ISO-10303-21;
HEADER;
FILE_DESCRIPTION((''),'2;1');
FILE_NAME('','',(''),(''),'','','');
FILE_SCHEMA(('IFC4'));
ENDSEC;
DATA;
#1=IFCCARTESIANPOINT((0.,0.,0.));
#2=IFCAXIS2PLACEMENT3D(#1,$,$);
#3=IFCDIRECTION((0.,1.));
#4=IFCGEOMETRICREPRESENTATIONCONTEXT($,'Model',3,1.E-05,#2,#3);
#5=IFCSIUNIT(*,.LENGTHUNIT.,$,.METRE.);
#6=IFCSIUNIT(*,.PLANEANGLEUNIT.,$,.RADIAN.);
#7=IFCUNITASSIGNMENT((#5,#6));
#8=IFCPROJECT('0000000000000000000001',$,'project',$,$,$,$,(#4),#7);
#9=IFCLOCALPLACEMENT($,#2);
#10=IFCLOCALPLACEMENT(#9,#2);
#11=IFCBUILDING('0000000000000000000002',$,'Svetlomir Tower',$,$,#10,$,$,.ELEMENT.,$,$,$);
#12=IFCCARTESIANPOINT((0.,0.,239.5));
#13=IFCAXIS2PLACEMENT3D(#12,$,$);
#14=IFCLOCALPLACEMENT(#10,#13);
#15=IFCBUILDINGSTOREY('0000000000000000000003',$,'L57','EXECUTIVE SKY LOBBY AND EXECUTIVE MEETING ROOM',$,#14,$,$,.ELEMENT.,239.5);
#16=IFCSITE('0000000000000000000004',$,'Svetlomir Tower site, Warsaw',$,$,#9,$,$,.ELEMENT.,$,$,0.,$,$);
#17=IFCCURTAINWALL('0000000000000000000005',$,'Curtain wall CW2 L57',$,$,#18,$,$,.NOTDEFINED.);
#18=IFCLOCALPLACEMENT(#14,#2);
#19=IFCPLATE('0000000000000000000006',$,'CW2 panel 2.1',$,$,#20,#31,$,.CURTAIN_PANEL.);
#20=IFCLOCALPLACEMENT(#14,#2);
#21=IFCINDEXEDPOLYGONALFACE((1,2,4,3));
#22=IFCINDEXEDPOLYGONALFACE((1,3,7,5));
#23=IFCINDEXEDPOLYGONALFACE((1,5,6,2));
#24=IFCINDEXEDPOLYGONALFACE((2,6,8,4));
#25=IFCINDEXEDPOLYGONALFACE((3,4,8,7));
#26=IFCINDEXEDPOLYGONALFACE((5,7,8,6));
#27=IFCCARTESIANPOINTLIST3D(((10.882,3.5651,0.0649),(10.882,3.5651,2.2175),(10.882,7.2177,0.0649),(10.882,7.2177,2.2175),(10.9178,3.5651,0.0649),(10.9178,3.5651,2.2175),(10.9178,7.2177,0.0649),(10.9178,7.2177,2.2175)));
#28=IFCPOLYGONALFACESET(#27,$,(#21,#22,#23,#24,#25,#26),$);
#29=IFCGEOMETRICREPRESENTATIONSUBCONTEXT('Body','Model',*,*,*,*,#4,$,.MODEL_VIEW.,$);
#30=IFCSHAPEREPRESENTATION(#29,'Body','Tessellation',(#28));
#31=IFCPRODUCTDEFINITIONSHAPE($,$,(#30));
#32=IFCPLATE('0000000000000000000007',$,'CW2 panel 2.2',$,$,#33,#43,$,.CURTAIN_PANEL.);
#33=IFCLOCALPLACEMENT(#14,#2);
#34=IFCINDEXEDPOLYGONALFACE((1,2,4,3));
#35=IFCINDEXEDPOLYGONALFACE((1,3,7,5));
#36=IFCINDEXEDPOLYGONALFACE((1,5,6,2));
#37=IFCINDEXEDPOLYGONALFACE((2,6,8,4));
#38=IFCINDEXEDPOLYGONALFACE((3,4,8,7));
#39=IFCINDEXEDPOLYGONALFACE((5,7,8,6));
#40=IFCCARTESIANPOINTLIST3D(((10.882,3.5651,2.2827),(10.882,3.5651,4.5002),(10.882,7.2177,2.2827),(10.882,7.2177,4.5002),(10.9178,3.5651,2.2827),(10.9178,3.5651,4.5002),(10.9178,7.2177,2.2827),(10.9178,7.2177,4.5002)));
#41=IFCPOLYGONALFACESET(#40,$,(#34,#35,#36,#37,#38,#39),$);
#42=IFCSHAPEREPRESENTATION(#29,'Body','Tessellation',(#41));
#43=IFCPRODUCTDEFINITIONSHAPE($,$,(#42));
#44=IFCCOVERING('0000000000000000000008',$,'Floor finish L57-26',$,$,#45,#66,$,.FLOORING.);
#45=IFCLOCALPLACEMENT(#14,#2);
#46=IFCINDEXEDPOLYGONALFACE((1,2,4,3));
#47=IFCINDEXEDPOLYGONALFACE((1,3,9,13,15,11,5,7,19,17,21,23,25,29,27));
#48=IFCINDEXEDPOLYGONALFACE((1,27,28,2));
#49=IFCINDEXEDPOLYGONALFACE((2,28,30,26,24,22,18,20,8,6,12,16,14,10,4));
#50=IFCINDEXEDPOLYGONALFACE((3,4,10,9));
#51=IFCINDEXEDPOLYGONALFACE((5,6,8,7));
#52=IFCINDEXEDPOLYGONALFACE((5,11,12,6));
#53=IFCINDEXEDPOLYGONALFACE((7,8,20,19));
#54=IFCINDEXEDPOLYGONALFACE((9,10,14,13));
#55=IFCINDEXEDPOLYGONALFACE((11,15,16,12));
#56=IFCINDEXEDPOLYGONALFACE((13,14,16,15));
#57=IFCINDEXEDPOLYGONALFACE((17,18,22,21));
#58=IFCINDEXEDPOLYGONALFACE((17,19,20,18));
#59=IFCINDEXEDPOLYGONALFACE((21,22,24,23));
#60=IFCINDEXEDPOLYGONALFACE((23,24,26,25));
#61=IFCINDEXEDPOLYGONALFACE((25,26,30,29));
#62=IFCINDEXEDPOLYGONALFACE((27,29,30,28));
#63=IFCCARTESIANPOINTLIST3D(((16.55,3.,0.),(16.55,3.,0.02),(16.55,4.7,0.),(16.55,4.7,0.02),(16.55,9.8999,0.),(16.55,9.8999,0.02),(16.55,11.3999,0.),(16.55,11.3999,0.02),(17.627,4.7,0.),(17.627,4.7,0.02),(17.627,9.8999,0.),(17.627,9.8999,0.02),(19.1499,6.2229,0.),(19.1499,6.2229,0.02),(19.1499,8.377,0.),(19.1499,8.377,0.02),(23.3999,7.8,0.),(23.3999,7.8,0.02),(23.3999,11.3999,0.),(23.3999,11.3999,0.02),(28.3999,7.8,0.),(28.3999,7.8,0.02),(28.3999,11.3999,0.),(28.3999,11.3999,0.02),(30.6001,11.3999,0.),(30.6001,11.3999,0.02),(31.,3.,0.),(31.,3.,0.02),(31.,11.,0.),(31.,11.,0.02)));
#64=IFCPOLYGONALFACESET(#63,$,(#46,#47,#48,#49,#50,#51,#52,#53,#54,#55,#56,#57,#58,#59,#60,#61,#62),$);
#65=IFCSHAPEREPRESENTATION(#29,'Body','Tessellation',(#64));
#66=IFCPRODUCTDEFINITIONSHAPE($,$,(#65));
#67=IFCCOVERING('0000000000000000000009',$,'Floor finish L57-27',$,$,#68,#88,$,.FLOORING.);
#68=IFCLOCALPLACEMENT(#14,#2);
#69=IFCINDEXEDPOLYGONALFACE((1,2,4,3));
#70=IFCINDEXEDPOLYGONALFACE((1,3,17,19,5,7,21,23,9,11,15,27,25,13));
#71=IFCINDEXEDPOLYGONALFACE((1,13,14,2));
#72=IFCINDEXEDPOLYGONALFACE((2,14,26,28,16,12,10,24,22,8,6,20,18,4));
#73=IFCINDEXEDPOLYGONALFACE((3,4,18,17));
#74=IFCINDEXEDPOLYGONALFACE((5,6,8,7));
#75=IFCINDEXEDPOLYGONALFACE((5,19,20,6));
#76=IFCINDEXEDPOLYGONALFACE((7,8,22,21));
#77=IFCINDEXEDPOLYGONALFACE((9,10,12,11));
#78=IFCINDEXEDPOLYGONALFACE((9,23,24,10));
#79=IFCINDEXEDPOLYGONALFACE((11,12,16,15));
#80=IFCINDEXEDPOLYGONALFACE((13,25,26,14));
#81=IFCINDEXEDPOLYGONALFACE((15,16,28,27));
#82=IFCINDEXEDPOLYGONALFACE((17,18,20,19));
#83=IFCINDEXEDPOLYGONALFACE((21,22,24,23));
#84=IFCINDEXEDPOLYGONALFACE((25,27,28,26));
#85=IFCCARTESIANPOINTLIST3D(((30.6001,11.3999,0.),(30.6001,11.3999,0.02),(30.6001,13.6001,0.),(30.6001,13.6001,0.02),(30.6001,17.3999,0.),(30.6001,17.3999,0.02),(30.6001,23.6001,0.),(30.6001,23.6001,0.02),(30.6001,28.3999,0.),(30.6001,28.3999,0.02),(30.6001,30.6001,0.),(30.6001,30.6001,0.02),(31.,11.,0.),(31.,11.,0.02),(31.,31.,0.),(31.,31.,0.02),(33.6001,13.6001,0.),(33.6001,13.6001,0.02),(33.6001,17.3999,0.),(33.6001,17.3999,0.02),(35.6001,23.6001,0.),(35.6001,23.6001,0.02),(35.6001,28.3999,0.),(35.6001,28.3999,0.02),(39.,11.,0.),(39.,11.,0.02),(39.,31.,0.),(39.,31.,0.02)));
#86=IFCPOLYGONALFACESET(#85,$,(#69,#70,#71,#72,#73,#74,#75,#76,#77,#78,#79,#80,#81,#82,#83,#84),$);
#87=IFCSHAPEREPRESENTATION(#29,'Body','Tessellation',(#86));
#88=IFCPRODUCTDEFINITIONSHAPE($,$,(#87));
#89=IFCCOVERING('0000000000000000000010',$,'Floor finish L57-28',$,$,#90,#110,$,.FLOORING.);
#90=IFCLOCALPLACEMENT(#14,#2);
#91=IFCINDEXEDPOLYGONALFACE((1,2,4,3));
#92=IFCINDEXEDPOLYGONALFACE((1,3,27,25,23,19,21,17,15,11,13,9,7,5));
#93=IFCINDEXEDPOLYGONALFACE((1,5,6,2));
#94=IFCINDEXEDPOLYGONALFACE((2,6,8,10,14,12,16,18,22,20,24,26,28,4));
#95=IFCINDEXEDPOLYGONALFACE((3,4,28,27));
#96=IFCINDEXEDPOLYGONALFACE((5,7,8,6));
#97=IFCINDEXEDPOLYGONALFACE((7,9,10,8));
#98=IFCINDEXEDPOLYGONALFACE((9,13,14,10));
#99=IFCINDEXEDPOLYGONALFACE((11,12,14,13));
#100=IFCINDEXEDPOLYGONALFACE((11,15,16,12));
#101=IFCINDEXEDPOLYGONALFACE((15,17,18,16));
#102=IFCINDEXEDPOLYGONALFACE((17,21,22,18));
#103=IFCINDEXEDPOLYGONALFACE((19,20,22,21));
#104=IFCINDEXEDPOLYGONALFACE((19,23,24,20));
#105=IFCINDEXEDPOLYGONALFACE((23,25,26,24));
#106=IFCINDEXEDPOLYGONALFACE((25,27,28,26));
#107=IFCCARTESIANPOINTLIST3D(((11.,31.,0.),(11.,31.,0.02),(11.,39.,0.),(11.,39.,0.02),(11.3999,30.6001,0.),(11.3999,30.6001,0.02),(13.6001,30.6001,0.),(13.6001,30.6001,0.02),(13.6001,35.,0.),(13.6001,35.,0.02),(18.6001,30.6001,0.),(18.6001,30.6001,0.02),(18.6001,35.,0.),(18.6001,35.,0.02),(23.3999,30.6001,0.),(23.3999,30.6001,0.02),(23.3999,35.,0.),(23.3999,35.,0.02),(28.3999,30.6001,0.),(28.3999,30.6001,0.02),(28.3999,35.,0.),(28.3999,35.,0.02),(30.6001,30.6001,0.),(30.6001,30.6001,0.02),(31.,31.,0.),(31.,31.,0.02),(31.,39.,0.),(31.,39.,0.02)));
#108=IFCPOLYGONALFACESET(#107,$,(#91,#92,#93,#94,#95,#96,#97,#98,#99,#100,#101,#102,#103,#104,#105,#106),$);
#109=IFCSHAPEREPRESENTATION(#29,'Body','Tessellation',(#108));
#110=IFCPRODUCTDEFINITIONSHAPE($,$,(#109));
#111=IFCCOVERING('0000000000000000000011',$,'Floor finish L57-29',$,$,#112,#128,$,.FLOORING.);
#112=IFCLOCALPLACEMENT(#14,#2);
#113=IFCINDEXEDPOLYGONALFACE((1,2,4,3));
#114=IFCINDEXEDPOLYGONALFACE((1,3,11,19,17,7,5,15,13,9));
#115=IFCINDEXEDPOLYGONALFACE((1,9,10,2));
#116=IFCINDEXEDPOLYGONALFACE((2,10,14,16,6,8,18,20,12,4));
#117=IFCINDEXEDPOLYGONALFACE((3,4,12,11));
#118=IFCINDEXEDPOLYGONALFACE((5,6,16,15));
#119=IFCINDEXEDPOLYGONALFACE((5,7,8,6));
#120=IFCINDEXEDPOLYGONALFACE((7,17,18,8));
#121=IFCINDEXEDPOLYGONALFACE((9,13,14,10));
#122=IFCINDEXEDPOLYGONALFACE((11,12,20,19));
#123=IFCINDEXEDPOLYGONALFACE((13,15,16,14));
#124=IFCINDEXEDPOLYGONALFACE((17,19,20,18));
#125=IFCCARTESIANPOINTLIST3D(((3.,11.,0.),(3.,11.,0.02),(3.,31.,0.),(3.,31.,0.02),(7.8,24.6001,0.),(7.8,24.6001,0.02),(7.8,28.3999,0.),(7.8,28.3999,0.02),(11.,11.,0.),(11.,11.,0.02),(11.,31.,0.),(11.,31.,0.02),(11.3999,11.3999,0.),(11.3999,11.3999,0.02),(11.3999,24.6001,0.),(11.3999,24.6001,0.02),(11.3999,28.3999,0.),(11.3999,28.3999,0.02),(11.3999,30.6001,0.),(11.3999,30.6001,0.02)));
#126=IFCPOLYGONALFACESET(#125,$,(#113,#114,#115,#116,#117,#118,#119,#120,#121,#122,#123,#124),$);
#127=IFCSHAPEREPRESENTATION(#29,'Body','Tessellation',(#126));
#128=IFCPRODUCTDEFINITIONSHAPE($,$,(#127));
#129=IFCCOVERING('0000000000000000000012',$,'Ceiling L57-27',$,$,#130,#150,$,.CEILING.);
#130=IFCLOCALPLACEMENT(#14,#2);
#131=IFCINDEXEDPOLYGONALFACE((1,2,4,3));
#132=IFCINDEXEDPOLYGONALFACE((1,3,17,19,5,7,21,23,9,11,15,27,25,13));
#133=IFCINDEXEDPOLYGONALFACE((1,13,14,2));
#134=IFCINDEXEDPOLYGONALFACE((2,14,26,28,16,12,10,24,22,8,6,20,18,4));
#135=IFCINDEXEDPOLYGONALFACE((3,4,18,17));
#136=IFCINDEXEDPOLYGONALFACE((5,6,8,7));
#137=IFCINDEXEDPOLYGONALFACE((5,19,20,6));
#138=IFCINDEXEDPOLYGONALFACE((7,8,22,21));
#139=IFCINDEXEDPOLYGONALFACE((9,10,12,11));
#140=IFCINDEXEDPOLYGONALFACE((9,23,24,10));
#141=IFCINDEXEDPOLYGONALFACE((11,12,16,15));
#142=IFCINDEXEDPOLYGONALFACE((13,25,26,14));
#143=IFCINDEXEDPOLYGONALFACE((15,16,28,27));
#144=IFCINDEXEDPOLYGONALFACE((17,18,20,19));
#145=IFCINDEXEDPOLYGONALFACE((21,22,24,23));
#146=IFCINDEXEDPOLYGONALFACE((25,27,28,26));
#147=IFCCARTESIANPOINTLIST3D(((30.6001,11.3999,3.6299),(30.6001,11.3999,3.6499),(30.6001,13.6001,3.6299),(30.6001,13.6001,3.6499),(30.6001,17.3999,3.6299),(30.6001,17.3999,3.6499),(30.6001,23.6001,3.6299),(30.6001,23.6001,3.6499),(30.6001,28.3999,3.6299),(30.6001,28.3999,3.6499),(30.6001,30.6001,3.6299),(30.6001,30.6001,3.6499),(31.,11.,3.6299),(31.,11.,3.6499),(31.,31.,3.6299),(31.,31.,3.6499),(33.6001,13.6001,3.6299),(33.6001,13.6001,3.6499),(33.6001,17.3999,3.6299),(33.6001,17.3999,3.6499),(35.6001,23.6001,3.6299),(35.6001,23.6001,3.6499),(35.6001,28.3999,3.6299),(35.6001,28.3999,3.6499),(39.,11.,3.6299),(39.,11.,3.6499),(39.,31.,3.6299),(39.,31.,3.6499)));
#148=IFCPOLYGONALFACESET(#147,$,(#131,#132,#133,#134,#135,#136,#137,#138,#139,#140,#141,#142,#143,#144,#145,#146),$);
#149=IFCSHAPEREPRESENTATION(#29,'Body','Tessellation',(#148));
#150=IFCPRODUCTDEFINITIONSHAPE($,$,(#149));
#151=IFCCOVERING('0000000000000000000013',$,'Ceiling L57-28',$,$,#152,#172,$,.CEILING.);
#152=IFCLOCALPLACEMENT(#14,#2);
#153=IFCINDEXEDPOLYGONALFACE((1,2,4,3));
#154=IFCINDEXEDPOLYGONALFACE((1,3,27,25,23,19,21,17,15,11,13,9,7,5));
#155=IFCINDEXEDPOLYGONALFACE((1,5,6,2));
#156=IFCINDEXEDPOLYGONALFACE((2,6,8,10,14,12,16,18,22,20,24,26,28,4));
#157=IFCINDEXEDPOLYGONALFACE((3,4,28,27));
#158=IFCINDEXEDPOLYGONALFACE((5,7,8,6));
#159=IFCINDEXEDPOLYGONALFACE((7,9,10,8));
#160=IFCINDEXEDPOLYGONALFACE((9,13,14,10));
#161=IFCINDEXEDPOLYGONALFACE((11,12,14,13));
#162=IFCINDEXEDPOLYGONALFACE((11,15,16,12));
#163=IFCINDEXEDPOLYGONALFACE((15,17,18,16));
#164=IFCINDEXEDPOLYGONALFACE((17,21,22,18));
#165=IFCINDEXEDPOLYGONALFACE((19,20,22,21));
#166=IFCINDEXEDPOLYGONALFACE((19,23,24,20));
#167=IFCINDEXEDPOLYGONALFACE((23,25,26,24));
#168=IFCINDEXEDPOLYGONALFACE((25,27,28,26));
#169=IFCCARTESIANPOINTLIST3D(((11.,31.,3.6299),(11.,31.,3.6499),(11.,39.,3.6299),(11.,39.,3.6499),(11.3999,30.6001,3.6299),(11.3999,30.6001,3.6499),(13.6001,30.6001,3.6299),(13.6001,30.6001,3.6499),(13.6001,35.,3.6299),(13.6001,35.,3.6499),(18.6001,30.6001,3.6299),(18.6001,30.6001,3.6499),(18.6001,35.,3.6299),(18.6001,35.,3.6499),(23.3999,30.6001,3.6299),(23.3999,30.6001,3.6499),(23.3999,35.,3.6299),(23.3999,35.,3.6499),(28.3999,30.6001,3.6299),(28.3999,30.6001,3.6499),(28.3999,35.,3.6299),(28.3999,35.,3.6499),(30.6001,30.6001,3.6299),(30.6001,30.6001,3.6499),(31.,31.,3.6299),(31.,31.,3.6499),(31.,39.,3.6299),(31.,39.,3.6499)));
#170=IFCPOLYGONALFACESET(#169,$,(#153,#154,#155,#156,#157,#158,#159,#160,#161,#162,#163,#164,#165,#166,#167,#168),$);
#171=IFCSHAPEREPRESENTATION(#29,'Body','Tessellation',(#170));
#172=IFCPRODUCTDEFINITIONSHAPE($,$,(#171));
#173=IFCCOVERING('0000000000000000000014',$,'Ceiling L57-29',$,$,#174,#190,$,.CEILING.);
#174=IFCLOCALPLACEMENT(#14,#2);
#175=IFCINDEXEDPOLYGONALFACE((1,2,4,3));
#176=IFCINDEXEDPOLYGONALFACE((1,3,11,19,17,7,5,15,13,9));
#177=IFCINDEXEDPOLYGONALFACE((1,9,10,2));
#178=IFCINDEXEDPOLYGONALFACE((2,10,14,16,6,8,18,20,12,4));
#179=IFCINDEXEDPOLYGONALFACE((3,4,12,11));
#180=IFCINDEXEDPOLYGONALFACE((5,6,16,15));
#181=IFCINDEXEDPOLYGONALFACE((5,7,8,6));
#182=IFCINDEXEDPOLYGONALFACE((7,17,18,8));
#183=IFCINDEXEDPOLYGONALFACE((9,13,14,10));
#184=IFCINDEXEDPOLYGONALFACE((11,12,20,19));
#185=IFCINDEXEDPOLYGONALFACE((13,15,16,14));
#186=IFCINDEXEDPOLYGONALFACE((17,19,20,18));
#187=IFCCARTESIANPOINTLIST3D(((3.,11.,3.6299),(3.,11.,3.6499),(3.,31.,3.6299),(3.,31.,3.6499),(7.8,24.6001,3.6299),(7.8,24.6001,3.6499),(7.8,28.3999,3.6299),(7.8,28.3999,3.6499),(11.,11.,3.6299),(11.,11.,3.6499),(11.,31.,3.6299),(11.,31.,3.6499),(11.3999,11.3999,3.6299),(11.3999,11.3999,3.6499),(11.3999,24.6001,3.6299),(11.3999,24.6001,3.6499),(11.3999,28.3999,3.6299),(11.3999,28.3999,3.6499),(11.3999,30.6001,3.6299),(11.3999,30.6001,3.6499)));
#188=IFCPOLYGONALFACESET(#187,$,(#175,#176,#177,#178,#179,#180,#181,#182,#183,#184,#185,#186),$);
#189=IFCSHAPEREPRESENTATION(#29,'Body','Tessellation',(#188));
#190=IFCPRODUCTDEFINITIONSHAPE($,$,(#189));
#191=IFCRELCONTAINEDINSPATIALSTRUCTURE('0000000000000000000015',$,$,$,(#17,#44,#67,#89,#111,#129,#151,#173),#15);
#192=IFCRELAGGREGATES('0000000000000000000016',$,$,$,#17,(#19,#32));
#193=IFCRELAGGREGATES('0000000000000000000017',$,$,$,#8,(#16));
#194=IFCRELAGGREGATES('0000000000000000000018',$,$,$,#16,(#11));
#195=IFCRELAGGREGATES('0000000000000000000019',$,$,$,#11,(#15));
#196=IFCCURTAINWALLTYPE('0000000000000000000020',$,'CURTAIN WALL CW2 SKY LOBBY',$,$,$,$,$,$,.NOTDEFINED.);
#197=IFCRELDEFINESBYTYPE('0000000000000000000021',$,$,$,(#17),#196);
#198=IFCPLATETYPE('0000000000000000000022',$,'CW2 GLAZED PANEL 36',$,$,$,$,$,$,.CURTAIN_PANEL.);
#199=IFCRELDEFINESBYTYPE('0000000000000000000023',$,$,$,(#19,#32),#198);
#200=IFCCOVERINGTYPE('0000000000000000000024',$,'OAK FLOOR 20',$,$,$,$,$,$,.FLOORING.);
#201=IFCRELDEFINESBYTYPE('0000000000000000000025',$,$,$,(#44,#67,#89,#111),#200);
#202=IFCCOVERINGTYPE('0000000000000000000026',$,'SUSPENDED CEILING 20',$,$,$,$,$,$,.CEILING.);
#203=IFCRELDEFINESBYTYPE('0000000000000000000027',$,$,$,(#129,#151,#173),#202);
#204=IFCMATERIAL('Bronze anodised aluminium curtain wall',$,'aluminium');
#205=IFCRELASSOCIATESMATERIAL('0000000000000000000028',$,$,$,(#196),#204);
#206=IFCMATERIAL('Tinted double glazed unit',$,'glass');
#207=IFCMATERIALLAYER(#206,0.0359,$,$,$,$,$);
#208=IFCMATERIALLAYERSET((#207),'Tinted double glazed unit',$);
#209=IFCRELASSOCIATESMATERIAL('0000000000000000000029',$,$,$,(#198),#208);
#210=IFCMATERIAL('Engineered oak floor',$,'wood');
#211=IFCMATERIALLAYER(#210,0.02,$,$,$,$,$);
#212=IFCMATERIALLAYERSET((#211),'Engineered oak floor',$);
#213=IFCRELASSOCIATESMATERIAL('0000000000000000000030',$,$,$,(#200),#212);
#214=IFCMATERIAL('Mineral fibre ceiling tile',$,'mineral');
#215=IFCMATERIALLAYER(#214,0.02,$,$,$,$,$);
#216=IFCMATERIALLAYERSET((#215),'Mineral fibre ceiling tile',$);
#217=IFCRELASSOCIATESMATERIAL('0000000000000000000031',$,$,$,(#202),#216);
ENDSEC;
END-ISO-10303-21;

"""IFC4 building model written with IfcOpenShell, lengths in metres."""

from ifc_helpers import new_model, si_unit, direction, frame, origin, origin_2d, place, context, subcontext, project, spatial, polyline, rectangle, outline, extrude, material, layer, layer_set, type_object, element, aggregate, save


model = new_model("IFC4")

# Units and contexts
model_context = context("Model", 3, precision=1e-05, world=origin(), true_north=direction((0.0, 1.0)))
body_context = subcontext(model_context, "Body", "Model", "MODEL_VIEW")
ifc_project = project(units=[si_unit("LENGTHUNIT", "METRE"), si_unit("PLANEANGLEUNIT", "RADIAN")], contexts=[model_context])

# Site, building, storey
site_placement = place(None, origin())
site = spatial("IfcSite", under=ifc_project, at=site_placement, Name="Svetlomir Tower site, Warsaw", CompositionType="ELEMENT", RefElevation=0.0)
building_placement = place(site_placement, origin())
building = spatial("IfcBuilding", under=site, at=building_placement, Name="Svetlomir Tower", CompositionType="ELEMENT")
storey_placement = place(building_placement, frame((0.0, 0.0, 239.5)))
storey = spatial("IfcBuildingStorey", under=building, at=storey_placement, Name="L57", Description="EXECUTIVE SKY LOBBY AND EXECUTIVE MEETING ROOM", CompositionType="ELEMENT", Elevation=239.5)

# Curtain wall
ifc_material_1 = material(Name="Bronze anodised aluminium curtain wall", Category="aluminium")
curtain_wall_type = type_object("IfcCurtainWallType", Name="CURTAIN WALL CW2 SKY LOBBY", PredefinedType="NOTDEFINED", material=ifc_material_1)
curtain_wall_1_placement = place(storey_placement, origin())
curtain_wall_1 = element("IfcCurtainWall", 1, at=curtain_wall_1_placement, inside=storey, type_object=curtain_wall_type, Name="Curtain wall CW2 L57", PredefinedType="NOTDEFINED")

# Plates
ifc_material_2 = material(Name="Tinted double glazed unit", Category="glass")
ifc_layer_1 = layer(ifc_material_2, 0.0359)
ifc_layer_set_1 = layer_set([ifc_layer_1], Name="Tinted double glazed unit")
plate_type = type_object("IfcPlateType", Name="CW2 GLAZED PANEL 36", PredefinedType="CURTAIN_PANEL", material=ifc_layer_set_1)
plate_1_placement = place(storey_placement, frame((10.8999, 5.3914, 0.0649), z_axis=(0.0, 0.0, 1.0), x_axis=(0.0, -1.0, 0.0)))
plate_1 = element("IfcPlate", 2, at=plate_1_placement, type_object=plate_type, Name="CW2 panel 2.1", PredefinedType="CURTAIN_PANEL", context=body_context, shape_type="SweptSolid", body=[
    extrude(rectangle(XDim=3.6526, YDim=0.0359, at=origin_2d()), origin(), (0.0, 0.0, 1.0), 2.1526),
])
plate_2_placement = place(storey_placement, frame((10.8999, 5.3914, 2.2827), z_axis=(0.0, 0.0, 1.0), x_axis=(0.0, -1.0, 0.0)))
plate_2 = element("IfcPlate", 3, at=plate_2_placement, type_object=plate_type, Name="CW2 panel 2.2", PredefinedType="CURTAIN_PANEL", context=body_context, shape_type="SweptSolid", body=[
    extrude(rectangle(XDim=3.6526, YDim=0.0359, at=origin_2d()), origin(), (0.0, 0.0, 1.0), 2.2175),
])
aggregate(curtain_wall_1, [plate_1, plate_2])

# Coverings
ifc_material_3 = material(Name="Engineered oak floor", Category="wood")
ifc_layer_2 = layer(ifc_material_3, 0.02)
ifc_layer_set_2 = layer_set([ifc_layer_2], Name="Engineered oak floor")
covering_type_1 = type_object("IfcCoveringType", Name="OAK FLOOR 20", PredefinedType="FLOORING", material=ifc_layer_set_2)
covering_1_placement = place(storey_placement, origin())
element("IfcCovering", 4, at=covering_1_placement, inside=storey, type_object=covering_type_1, Name="Floor finish L57-26", PredefinedType="FLOORING", context=body_context, shape_type="SweptSolid", body=[
    extrude(outline(polyline([(31.0, 3.0), (16.55, 3.0), (16.55, 4.7), (17.627, 4.7), (19.1499, 6.2229), (19.1499, 8.377), (17.627, 9.8999), (16.55, 9.8999), (16.55, 11.3999), (23.3999, 11.3999), (23.3999, 7.8), (28.3999, 7.8), (28.3999, 11.3999), (30.6001, 11.3999), (31.0, 11.0), (31.0, 3.0)])), origin(), (0.0, 0.0, 1.0), 0.02),
])
covering_2_placement = place(storey_placement, origin())
element("IfcCovering", 5, at=covering_2_placement, inside=storey, type_object=covering_type_1, Name="Floor finish L57-27", PredefinedType="FLOORING", context=body_context, shape_type="SweptSolid", body=[
    extrude(outline(polyline([(30.6001, 13.6001), (33.6001, 13.6001), (33.6001, 17.3999), (30.6001, 17.3999), (30.6001, 23.6001), (35.6001, 23.6001), (35.6001, 28.3999), (30.6001, 28.3999), (30.6001, 30.6001), (31.0, 31.0), (39.0, 31.0), (39.0, 11.0), (31.0, 11.0), (30.6001, 11.3999), (30.6001, 13.6001)])), origin(), (0.0, 0.0, 1.0), 0.02),
])
covering_3_placement = place(storey_placement, origin())
element("IfcCovering", 6, at=covering_3_placement, inside=storey, type_object=covering_type_1, Name="Floor finish L57-28", PredefinedType="FLOORING", context=body_context, shape_type="SweptSolid", body=[
    extrude(outline(polyline([(11.0, 39.0), (31.0, 39.0), (31.0, 31.0), (30.6001, 30.6001), (28.3999, 30.6001), (28.3999, 35.0), (23.3999, 35.0), (23.3999, 30.6001), (18.6001, 30.6001), (18.6001, 35.0), (13.6001, 35.0), (13.6001, 30.6001), (11.3999, 30.6001), (11.0, 31.0), (11.0, 39.0)])), origin(), (0.0, 0.0, 1.0), 0.02),
])
covering_4_placement = place(storey_placement, origin())
element("IfcCovering", 7, at=covering_4_placement, inside=storey, type_object=covering_type_1, Name="Floor finish L57-29", PredefinedType="FLOORING", context=body_context, shape_type="SweptSolid", body=[
    extrude(outline(polyline([(3.0, 11.0), (3.0, 31.0), (11.0, 31.0), (11.3999, 30.6001), (11.3999, 28.3999), (7.8, 28.3999), (7.8, 24.6001), (11.3999, 24.6001), (11.3999, 11.3999), (11.0, 11.0), (3.0, 11.0)])), origin(), (0.0, 0.0, 1.0), 0.02),
])
ifc_material_4 = material(Name="Mineral fibre ceiling tile", Category="mineral")
ifc_layer_3 = layer(ifc_material_4, 0.02)
ifc_layer_set_3 = layer_set([ifc_layer_3], Name="Mineral fibre ceiling tile")
covering_type_2 = type_object("IfcCoveringType", Name="SUSPENDED CEILING 20", PredefinedType="CEILING", material=ifc_layer_set_3)
covering_5_placement = place(storey_placement, frame((0.0, 0.0, 3.6299)))
element("IfcCovering", 8, at=covering_5_placement, inside=storey, type_object=covering_type_2, Name="Ceiling L57-27", PredefinedType="CEILING", context=body_context, shape_type="SweptSolid", body=[
    extrude(outline(polyline([(30.6001, 13.6001), (33.6001, 13.6001), (33.6001, 17.3999), (30.6001, 17.3999), (30.6001, 23.6001), (35.6001, 23.6001), (35.6001, 28.3999), (30.6001, 28.3999), (30.6001, 30.6001), (31.0, 31.0), (39.0, 31.0), (39.0, 11.0), (31.0, 11.0), (30.6001, 11.3999), (30.6001, 13.6001)])), origin(), (0.0, 0.0, 1.0), 0.02),
])
covering_6_placement = place(storey_placement, frame((0.0, 0.0, 3.6299)))
element("IfcCovering", 9, at=covering_6_placement, inside=storey, type_object=covering_type_2, Name="Ceiling L57-28", PredefinedType="CEILING", context=body_context, shape_type="SweptSolid", body=[
    extrude(outline(polyline([(11.0, 39.0), (31.0, 39.0), (31.0, 31.0), (30.6001, 30.6001), (28.3999, 30.6001), (28.3999, 35.0), (23.3999, 35.0), (23.3999, 30.6001), (18.6001, 30.6001), (18.6001, 35.0), (13.6001, 35.0), (13.6001, 30.6001), (11.3999, 30.6001), (11.0, 31.0), (11.0, 39.0)])), origin(), (0.0, 0.0, 1.0), 0.02),
])
covering_7_placement = place(storey_placement, frame((0.0, 0.0, 3.6299)))
element("IfcCovering", 10, at=covering_7_placement, inside=storey, type_object=covering_type_2, Name="Ceiling L57-29", PredefinedType="CEILING", context=body_context, shape_type="SweptSolid", body=[
    extrude(outline(polyline([(3.0, 11.0), (3.0, 31.0), (11.0, 31.0), (11.3999, 30.6001), (11.3999, 28.3999), (7.8, 28.3999), (7.8, 24.6001), (11.3999, 24.6001), (11.3999, 11.3999), (11.0, 11.0), (3.0, 11.0)])), origin(), (0.0, 0.0, 1.0), 0.02),
])

save(model, "model.ifc")
